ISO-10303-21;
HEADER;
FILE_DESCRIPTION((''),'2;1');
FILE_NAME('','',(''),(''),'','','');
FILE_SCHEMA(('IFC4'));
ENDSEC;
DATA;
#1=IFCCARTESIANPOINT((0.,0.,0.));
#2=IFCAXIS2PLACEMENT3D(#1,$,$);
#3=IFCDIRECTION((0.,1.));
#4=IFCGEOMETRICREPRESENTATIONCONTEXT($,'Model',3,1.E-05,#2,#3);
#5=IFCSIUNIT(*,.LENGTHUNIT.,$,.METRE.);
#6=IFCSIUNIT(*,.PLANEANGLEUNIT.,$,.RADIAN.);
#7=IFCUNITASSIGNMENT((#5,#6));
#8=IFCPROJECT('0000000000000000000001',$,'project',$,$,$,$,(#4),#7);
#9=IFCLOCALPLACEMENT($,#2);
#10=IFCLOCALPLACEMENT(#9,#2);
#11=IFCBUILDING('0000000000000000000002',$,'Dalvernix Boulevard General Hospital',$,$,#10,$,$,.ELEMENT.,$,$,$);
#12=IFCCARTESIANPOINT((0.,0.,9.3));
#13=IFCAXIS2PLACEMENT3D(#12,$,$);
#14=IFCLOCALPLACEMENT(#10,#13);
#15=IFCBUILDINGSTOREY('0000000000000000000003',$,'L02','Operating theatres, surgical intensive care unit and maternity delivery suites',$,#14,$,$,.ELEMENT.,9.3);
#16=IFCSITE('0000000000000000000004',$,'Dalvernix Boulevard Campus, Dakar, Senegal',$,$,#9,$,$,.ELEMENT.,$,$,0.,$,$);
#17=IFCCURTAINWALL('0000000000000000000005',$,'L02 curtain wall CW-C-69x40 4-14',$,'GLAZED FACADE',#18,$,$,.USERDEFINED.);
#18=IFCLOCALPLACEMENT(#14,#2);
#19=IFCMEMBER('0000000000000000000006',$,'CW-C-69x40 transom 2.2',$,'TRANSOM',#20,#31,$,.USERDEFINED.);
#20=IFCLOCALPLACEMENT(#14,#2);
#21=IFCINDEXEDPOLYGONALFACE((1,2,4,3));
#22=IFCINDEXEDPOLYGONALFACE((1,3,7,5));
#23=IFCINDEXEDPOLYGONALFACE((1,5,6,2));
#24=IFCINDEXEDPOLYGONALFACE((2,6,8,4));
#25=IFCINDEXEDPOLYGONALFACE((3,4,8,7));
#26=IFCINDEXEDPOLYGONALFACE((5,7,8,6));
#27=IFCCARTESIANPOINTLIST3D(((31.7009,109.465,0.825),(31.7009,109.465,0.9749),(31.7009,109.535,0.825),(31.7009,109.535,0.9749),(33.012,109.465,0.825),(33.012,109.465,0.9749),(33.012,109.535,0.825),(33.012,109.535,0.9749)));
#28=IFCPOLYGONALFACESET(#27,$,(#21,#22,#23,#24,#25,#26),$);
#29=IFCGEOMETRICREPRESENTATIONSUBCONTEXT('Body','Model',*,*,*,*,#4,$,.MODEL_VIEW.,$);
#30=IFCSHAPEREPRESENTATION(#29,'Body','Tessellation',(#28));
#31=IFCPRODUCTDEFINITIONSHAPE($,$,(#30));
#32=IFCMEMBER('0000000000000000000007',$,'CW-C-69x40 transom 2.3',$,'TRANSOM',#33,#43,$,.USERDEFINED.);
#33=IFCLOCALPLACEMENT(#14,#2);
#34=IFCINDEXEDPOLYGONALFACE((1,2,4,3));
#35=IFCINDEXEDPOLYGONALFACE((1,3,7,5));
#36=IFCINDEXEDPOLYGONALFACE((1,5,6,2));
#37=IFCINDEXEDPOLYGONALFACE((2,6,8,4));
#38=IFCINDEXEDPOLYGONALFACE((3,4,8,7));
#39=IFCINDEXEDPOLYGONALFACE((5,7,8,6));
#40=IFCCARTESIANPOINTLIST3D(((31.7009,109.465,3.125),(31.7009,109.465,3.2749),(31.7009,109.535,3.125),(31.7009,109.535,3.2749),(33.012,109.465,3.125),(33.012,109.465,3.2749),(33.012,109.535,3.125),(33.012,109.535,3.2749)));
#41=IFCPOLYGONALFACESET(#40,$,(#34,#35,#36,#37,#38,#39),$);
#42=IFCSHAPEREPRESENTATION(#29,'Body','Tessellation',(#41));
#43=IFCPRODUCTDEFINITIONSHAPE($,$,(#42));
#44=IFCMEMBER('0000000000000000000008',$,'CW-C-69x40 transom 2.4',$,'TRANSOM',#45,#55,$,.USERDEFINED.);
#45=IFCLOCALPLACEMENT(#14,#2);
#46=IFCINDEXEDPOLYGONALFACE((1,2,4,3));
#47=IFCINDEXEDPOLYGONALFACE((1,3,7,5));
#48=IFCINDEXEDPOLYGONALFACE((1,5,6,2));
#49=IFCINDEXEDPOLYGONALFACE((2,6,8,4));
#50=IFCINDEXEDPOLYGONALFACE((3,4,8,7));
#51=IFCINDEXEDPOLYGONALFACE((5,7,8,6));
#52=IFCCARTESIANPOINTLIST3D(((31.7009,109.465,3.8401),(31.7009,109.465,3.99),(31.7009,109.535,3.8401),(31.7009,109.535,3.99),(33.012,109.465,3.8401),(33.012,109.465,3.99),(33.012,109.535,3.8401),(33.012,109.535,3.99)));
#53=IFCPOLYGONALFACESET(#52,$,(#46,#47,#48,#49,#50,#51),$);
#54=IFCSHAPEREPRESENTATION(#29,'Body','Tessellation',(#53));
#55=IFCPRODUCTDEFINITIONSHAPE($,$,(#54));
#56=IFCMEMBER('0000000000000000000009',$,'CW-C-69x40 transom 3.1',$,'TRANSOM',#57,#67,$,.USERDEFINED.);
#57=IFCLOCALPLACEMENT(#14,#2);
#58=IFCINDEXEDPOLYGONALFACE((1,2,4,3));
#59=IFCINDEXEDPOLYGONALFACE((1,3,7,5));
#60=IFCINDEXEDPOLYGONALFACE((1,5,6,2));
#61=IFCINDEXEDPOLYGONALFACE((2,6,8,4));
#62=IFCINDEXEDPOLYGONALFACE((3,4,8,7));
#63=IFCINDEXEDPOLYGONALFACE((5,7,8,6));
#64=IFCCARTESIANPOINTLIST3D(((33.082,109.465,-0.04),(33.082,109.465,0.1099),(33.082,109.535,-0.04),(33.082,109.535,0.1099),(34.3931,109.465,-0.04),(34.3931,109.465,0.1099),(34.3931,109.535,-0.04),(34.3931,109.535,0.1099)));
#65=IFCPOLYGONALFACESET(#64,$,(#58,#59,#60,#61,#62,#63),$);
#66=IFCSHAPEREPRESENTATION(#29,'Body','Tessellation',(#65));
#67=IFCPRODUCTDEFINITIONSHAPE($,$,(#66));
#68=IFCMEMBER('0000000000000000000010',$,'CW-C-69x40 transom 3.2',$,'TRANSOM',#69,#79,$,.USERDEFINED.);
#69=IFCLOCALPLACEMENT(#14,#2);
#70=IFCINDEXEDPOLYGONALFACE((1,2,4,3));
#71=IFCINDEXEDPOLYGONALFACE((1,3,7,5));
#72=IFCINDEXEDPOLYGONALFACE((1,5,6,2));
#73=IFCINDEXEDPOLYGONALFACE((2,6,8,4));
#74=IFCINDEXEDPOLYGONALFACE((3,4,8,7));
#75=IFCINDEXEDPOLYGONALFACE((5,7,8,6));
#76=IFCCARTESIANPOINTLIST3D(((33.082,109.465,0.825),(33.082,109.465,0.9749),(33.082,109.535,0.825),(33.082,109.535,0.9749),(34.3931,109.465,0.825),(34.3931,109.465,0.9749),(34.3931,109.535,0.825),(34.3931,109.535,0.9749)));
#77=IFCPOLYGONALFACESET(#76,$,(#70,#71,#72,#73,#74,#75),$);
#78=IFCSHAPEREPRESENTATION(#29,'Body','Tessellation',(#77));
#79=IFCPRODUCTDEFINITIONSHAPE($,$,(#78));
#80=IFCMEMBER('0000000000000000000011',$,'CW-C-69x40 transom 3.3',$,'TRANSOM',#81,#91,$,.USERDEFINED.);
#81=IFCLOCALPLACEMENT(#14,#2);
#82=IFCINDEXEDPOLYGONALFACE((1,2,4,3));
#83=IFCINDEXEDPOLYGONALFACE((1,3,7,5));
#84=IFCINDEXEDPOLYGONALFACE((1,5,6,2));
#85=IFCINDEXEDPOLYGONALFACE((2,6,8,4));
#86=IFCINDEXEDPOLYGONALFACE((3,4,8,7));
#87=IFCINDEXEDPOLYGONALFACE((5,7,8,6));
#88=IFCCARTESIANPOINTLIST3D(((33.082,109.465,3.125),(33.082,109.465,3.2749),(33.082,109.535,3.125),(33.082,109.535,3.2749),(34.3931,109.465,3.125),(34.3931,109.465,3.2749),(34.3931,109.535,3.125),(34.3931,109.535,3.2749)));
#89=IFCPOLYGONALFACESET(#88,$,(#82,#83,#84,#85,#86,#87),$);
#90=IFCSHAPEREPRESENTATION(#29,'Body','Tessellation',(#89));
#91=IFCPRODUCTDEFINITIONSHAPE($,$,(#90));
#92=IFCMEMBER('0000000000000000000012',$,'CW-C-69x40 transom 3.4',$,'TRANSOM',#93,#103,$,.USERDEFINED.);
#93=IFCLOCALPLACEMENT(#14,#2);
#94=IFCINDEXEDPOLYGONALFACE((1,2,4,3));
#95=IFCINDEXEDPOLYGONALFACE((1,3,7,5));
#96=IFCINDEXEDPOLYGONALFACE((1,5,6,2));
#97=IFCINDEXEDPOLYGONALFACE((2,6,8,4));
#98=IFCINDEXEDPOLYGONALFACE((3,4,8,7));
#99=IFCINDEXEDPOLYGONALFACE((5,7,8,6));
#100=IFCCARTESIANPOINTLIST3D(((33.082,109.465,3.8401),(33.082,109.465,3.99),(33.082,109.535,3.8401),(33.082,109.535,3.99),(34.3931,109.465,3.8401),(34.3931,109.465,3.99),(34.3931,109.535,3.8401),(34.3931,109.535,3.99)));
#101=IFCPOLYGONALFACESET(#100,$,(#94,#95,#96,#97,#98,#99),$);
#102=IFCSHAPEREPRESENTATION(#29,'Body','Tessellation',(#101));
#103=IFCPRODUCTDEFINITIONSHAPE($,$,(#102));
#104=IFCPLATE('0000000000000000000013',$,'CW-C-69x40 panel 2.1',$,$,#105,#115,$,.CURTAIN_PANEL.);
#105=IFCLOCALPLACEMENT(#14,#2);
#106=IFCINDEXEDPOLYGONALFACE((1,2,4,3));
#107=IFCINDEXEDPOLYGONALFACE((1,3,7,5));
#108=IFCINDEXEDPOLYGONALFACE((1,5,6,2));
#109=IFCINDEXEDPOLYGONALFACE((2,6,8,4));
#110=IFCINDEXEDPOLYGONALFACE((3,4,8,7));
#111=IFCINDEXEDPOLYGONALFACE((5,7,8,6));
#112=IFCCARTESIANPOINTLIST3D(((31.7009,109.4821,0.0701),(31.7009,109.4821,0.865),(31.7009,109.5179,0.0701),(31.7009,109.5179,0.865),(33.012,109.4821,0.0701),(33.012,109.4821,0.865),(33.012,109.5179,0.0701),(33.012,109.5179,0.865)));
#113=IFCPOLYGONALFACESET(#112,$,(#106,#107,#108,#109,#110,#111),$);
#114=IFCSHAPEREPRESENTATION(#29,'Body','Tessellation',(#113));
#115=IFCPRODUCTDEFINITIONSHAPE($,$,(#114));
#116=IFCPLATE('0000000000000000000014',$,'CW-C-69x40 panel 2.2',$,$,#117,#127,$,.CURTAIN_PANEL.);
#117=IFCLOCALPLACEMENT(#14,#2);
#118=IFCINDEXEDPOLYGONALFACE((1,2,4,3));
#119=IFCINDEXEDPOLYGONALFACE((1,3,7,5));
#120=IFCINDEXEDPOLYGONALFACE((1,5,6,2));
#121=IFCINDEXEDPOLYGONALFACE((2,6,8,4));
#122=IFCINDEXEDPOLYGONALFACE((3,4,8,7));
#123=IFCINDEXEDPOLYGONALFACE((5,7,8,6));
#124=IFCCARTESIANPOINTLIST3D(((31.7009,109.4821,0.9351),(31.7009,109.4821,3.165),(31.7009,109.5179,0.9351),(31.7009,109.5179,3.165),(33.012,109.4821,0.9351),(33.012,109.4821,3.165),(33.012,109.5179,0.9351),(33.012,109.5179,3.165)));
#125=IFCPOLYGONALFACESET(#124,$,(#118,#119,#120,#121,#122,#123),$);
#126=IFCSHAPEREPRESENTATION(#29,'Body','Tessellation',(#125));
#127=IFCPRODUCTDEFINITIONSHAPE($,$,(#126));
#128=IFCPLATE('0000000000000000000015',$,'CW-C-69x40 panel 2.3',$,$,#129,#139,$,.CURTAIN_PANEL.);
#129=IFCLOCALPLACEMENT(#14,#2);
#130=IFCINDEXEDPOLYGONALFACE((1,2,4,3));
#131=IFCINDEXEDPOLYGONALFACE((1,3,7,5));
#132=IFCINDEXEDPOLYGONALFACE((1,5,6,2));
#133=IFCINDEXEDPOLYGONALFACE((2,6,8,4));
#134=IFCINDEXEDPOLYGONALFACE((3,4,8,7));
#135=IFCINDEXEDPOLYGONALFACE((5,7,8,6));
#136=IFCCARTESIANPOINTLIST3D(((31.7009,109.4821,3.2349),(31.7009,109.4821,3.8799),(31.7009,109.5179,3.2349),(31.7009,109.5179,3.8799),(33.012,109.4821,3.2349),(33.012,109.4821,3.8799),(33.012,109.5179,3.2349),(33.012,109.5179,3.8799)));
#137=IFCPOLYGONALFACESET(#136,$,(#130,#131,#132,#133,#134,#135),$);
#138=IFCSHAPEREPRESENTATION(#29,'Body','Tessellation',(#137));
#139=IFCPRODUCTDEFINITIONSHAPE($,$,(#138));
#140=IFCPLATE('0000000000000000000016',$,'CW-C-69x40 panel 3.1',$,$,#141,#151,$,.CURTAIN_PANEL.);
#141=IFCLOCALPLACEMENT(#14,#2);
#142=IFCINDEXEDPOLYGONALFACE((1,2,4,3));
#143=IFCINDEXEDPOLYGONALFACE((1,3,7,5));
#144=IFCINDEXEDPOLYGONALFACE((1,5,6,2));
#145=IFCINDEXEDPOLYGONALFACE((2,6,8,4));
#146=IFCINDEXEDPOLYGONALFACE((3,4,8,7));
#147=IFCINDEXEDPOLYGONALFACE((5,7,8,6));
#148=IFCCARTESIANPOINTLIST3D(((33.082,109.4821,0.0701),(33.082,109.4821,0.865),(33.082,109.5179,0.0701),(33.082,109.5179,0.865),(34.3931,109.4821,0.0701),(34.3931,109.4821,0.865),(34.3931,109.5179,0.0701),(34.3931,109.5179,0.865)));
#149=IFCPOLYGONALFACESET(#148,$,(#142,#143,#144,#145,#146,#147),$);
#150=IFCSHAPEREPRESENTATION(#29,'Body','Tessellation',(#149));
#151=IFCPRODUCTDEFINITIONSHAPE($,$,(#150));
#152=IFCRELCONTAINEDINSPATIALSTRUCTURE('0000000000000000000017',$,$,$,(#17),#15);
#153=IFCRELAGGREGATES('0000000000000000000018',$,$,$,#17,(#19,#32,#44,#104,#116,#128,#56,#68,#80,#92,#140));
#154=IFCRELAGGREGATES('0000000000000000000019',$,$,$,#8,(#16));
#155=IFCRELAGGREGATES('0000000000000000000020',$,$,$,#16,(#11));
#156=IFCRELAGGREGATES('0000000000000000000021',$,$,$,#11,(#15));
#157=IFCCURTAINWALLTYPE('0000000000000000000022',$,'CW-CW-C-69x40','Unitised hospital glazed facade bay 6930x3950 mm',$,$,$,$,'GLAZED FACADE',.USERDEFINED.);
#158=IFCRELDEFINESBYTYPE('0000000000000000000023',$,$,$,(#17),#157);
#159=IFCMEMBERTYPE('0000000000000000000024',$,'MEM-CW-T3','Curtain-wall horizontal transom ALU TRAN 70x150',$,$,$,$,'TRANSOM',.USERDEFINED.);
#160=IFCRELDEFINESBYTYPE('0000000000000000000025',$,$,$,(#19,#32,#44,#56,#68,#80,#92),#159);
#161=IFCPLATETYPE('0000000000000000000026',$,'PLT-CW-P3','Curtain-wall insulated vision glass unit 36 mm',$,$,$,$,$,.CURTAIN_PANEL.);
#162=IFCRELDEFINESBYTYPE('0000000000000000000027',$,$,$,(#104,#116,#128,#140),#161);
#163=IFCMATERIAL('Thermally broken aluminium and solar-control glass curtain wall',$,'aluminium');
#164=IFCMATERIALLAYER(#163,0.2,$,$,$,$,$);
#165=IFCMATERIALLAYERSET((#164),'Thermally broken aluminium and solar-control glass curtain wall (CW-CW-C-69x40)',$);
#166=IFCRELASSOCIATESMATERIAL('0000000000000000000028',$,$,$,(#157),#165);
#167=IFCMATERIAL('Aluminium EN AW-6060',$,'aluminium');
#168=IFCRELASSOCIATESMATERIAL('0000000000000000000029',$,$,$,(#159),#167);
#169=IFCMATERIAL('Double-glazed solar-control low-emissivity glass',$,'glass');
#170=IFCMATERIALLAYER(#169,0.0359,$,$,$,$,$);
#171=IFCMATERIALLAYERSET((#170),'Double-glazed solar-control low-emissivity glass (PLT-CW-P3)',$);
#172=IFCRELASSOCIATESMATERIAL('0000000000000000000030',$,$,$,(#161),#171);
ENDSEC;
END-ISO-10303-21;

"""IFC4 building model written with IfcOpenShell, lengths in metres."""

from ifc_helpers import new_model, si_unit, direction, frame, origin, origin_2d, place, context, subcontext, project, spatial, rectangle, extrude, material, layer, layer_set, material_profile, profile_set, type_object, element, aggregate, save


model = new_model("IFC4")

# Units and contexts
model_context = context("Model", 3, precision=1e-05, world=origin(), true_north=direction((0.0, 1.0)))
body_context = subcontext(model_context, "Body", "Model", "MODEL_VIEW")
ifc_project = project(units=[si_unit("LENGTHUNIT", "METRE"), si_unit("PLANEANGLEUNIT", "RADIAN")], contexts=[model_context])

# Site, building, storey
site_placement = place(None, origin())
site = spatial("IfcSite", under=ifc_project, at=site_placement, Name="Dalvernix Boulevard Campus, Dakar, Senegal", CompositionType="ELEMENT", RefElevation=0.0)
building_placement = place(site_placement, origin())
building = spatial("IfcBuilding", under=site, at=building_placement, Name="Dalvernix Boulevard General Hospital", CompositionType="ELEMENT")
storey_placement = place(building_placement, frame((0.0, 0.0, 9.3)))
storey = spatial("IfcBuildingStorey", under=building, at=storey_placement, Name="L02", Description="Operating theatres, surgical intensive care unit and maternity delivery suites", CompositionType="ELEMENT", Elevation=9.3)

# Curtain wall, members, plates
ifc_material_1 = material(Name="Thermally broken aluminium and solar-control glass curtain wall", Category="aluminium")
ifc_layer_1 = layer(ifc_material_1, 0.2)
ifc_layer_set_1 = layer_set([ifc_layer_1], Name="Thermally broken aluminium and solar-control glass curtain wall (CW-CW-C-69x40)")
curtain_wall_type = type_object("IfcCurtainWallType", Name="CW-CW-C-69x40", Description="Unitised hospital glazed facade bay 6930x3950 mm", ElementType="GLAZED FACADE", PredefinedType="USERDEFINED", material=ifc_layer_set_1)
curtain_wall_placement = place(storey_placement, origin())
curtain_wall = element("IfcCurtainWall", 1, at=curtain_wall_placement, inside=storey, type_object=curtain_wall_type, Name="L02 curtain wall CW-C-69x40 4-14", ObjectType="GLAZED FACADE", PredefinedType="USERDEFINED")
ifc_material_2 = material(Name="Aluminium EN AW-6060", Category="aluminium")
ifc_material_profile_1 = material_profile(ifc_material_2, rectangle(XDim=0.0701, YDim=0.1499, at=origin_2d()), Name="ALU TRAN 70x150")
ifc_profile_set_1 = profile_set([ifc_material_profile_1], Name="Aluminium EN AW-6060")
member_type_1 = type_object("IfcMemberType", Name="MEM-CW-T3", Description="Curtain-wall horizontal transom ALU TRAN 70x150", ElementType="TRANSOM", PredefinedType="USERDEFINED", material=ifc_profile_set_1)
member_1_placement = place(storey_placement, frame((31.7009, 109.5, 0.8999), z_axis=(1.0, 0.0, 0.0), x_axis=(0.0, 1.0, 0.0)))
member_1 = element("IfcMember", 2, at=member_1_placement, type_object=member_type_1, Name="CW-C-69x40 transom 2.2", ObjectType="TRANSOM", PredefinedType="USERDEFINED", context=body_context, shape_type="SweptSolid", body=[
    extrude(rectangle(XDim=0.0701, YDim=0.1499, at=origin_2d()), origin(), (0.0, 0.0, 1.0), 1.311),
])
member_2_placement = place(storey_placement, frame((31.7009, 109.5, 3.2), z_axis=(1.0, 0.0, 0.0), x_axis=(0.0, 1.0, 0.0)))
member_2 = element("IfcMember", 3, at=member_2_placement, type_object=member_type_1, Name="CW-C-69x40 transom 2.3", ObjectType="TRANSOM", PredefinedType="USERDEFINED", context=body_context, shape_type="SweptSolid", body=[
    extrude(rectangle(XDim=0.0701, YDim=0.1499, at=origin_2d()), origin(), (0.0, 0.0, 1.0), 1.311),
])
member_3_placement = place(storey_placement, frame((31.7009, 109.5, 3.915), z_axis=(1.0, 0.0, 0.0), x_axis=(0.0, 1.0, 0.0)))
member_3 = element("IfcMember", 4, at=member_3_placement, type_object=member_type_1, Name="CW-C-69x40 transom 2.4", ObjectType="TRANSOM", PredefinedType="USERDEFINED", context=body_context, shape_type="SweptSolid", body=[
    extrude(rectangle(XDim=0.0701, YDim=0.1499, at=origin_2d()), origin(), (0.0, 0.0, 1.0), 1.311),
])
member_4_placement = place(storey_placement, frame((33.082, 109.5, 0.0349), z_axis=(1.0, 0.0, 0.0), x_axis=(0.0, 1.0, 0.0)))
member_4 = element("IfcMember", 5, at=member_4_placement, type_object=member_type_1, Name="CW-C-69x40 transom 3.1", ObjectType="TRANSOM", PredefinedType="USERDEFINED", context=body_context, shape_type="SweptSolid", body=[
    extrude(rectangle(XDim=0.0701, YDim=0.1499, at=origin_2d()), origin(), (0.0, 0.0, 1.0), 1.311),
])
member_5_placement = place(storey_placement, frame((33.082, 109.5, 0.8999), z_axis=(1.0, 0.0, 0.0), x_axis=(0.0, 1.0, 0.0)))
member_5 = element("IfcMember", 6, at=member_5_placement, type_object=member_type_1, Name="CW-C-69x40 transom 3.2", ObjectType="TRANSOM", PredefinedType="USERDEFINED", context=body_context, shape_type="SweptSolid", body=[
    extrude(rectangle(XDim=0.0701, YDim=0.1499, at=origin_2d()), origin(), (0.0, 0.0, 1.0), 1.311),
])
member_6_placement = place(storey_placement, frame((33.082, 109.5, 3.2), z_axis=(1.0, 0.0, 0.0), x_axis=(0.0, 1.0, 0.0)))
member_6 = element("IfcMember", 7, at=member_6_placement, type_object=member_type_1, Name="CW-C-69x40 transom 3.3", ObjectType="TRANSOM", PredefinedType="USERDEFINED", context=body_context, shape_type="SweptSolid", body=[
    extrude(rectangle(XDim=0.0701, YDim=0.1499, at=origin_2d()), origin(), (0.0, 0.0, 1.0), 1.311),
])
member_7_placement = place(storey_placement, frame((33.082, 109.5, 3.915), z_axis=(1.0, 0.0, 0.0), x_axis=(0.0, 1.0, 0.0)))
member_7 = element("IfcMember", 8, at=member_7_placement, type_object=member_type_1, Name="CW-C-69x40 transom 3.4", ObjectType="TRANSOM", PredefinedType="USERDEFINED", context=body_context, shape_type="SweptSolid", body=[
    extrude(rectangle(XDim=0.0701, YDim=0.1499, at=origin_2d()), origin(), (0.0, 0.0, 1.0), 1.311),
])
ifc_material_3 = material(Name="Double-glazed solar-control low-emissivity glass", Category="glass")
ifc_layer_2 = layer(ifc_material_3, 0.0359)
ifc_layer_set_2 = layer_set([ifc_layer_2], Name="Double-glazed solar-control low-emissivity glass (PLT-CW-P3)")
plate_type = type_object("IfcPlateType", Name="PLT-CW-P3", Description="Curtain-wall insulated vision glass unit 36 mm", PredefinedType="CURTAIN_PANEL", material=ifc_layer_set_2)
plate_1_placement = place(storey_placement, frame((32.3564, 109.5, 0.0701), z_axis=(0.0, 0.0, 1.0), x_axis=(1.0, 0.0, 0.0)))
plate_1 = element("IfcPlate", 9, at=plate_1_placement, type_object=plate_type, Name="CW-C-69x40 panel 2.1", PredefinedType="CURTAIN_PANEL", context=body_context, shape_type="SweptSolid", body=[
    extrude(rectangle(XDim=1.311, YDim=0.0359, at=origin_2d()), origin(), (0.0, 0.0, 1.0), 0.7949),
])
plate_2_placement = place(storey_placement, frame((32.3564, 109.5, 0.9351), z_axis=(0.0, 0.0, 1.0), x_axis=(1.0, 0.0, 0.0)))
plate_2 = element("IfcPlate", 10, at=plate_2_placement, type_object=plate_type, Name="CW-C-69x40 panel 2.2", PredefinedType="CURTAIN_PANEL", context=body_context, shape_type="SweptSolid", body=[
    extrude(rectangle(XDim=1.311, YDim=0.0359, at=origin_2d()), origin(), (0.0, 0.0, 1.0), 2.23),
])
plate_3_placement = place(storey_placement, frame((32.3564, 109.5, 3.2349), z_axis=(0.0, 0.0, 1.0), x_axis=(1.0, 0.0, 0.0)))
plate_3 = element("IfcPlate", 11, at=plate_3_placement, type_object=plate_type, Name="CW-C-69x40 panel 2.3", PredefinedType="CURTAIN_PANEL", context=body_context, shape_type="SweptSolid", body=[
    extrude(rectangle(XDim=1.311, YDim=0.0359, at=origin_2d()), origin(), (0.0, 0.0, 1.0), 0.645),
])
plate_4_placement = place(storey_placement, frame((33.7375, 109.5, 0.0701), z_axis=(0.0, 0.0, 1.0), x_axis=(1.0, 0.0, 0.0)))
plate_4 = element("IfcPlate", 12, at=plate_4_placement, type_object=plate_type, Name="CW-C-69x40 panel 3.1", PredefinedType="CURTAIN_PANEL", context=body_context, shape_type="SweptSolid", body=[
    extrude(rectangle(XDim=1.311, YDim=0.0359, at=origin_2d()), origin(), (0.0, 0.0, 1.0), 0.7949),
])
aggregate(curtain_wall, [member_1, member_2, member_3, plate_1, plate_2, plate_3, member_4, member_5, member_6, member_7, plate_4])

save(model, "model.ifc")
